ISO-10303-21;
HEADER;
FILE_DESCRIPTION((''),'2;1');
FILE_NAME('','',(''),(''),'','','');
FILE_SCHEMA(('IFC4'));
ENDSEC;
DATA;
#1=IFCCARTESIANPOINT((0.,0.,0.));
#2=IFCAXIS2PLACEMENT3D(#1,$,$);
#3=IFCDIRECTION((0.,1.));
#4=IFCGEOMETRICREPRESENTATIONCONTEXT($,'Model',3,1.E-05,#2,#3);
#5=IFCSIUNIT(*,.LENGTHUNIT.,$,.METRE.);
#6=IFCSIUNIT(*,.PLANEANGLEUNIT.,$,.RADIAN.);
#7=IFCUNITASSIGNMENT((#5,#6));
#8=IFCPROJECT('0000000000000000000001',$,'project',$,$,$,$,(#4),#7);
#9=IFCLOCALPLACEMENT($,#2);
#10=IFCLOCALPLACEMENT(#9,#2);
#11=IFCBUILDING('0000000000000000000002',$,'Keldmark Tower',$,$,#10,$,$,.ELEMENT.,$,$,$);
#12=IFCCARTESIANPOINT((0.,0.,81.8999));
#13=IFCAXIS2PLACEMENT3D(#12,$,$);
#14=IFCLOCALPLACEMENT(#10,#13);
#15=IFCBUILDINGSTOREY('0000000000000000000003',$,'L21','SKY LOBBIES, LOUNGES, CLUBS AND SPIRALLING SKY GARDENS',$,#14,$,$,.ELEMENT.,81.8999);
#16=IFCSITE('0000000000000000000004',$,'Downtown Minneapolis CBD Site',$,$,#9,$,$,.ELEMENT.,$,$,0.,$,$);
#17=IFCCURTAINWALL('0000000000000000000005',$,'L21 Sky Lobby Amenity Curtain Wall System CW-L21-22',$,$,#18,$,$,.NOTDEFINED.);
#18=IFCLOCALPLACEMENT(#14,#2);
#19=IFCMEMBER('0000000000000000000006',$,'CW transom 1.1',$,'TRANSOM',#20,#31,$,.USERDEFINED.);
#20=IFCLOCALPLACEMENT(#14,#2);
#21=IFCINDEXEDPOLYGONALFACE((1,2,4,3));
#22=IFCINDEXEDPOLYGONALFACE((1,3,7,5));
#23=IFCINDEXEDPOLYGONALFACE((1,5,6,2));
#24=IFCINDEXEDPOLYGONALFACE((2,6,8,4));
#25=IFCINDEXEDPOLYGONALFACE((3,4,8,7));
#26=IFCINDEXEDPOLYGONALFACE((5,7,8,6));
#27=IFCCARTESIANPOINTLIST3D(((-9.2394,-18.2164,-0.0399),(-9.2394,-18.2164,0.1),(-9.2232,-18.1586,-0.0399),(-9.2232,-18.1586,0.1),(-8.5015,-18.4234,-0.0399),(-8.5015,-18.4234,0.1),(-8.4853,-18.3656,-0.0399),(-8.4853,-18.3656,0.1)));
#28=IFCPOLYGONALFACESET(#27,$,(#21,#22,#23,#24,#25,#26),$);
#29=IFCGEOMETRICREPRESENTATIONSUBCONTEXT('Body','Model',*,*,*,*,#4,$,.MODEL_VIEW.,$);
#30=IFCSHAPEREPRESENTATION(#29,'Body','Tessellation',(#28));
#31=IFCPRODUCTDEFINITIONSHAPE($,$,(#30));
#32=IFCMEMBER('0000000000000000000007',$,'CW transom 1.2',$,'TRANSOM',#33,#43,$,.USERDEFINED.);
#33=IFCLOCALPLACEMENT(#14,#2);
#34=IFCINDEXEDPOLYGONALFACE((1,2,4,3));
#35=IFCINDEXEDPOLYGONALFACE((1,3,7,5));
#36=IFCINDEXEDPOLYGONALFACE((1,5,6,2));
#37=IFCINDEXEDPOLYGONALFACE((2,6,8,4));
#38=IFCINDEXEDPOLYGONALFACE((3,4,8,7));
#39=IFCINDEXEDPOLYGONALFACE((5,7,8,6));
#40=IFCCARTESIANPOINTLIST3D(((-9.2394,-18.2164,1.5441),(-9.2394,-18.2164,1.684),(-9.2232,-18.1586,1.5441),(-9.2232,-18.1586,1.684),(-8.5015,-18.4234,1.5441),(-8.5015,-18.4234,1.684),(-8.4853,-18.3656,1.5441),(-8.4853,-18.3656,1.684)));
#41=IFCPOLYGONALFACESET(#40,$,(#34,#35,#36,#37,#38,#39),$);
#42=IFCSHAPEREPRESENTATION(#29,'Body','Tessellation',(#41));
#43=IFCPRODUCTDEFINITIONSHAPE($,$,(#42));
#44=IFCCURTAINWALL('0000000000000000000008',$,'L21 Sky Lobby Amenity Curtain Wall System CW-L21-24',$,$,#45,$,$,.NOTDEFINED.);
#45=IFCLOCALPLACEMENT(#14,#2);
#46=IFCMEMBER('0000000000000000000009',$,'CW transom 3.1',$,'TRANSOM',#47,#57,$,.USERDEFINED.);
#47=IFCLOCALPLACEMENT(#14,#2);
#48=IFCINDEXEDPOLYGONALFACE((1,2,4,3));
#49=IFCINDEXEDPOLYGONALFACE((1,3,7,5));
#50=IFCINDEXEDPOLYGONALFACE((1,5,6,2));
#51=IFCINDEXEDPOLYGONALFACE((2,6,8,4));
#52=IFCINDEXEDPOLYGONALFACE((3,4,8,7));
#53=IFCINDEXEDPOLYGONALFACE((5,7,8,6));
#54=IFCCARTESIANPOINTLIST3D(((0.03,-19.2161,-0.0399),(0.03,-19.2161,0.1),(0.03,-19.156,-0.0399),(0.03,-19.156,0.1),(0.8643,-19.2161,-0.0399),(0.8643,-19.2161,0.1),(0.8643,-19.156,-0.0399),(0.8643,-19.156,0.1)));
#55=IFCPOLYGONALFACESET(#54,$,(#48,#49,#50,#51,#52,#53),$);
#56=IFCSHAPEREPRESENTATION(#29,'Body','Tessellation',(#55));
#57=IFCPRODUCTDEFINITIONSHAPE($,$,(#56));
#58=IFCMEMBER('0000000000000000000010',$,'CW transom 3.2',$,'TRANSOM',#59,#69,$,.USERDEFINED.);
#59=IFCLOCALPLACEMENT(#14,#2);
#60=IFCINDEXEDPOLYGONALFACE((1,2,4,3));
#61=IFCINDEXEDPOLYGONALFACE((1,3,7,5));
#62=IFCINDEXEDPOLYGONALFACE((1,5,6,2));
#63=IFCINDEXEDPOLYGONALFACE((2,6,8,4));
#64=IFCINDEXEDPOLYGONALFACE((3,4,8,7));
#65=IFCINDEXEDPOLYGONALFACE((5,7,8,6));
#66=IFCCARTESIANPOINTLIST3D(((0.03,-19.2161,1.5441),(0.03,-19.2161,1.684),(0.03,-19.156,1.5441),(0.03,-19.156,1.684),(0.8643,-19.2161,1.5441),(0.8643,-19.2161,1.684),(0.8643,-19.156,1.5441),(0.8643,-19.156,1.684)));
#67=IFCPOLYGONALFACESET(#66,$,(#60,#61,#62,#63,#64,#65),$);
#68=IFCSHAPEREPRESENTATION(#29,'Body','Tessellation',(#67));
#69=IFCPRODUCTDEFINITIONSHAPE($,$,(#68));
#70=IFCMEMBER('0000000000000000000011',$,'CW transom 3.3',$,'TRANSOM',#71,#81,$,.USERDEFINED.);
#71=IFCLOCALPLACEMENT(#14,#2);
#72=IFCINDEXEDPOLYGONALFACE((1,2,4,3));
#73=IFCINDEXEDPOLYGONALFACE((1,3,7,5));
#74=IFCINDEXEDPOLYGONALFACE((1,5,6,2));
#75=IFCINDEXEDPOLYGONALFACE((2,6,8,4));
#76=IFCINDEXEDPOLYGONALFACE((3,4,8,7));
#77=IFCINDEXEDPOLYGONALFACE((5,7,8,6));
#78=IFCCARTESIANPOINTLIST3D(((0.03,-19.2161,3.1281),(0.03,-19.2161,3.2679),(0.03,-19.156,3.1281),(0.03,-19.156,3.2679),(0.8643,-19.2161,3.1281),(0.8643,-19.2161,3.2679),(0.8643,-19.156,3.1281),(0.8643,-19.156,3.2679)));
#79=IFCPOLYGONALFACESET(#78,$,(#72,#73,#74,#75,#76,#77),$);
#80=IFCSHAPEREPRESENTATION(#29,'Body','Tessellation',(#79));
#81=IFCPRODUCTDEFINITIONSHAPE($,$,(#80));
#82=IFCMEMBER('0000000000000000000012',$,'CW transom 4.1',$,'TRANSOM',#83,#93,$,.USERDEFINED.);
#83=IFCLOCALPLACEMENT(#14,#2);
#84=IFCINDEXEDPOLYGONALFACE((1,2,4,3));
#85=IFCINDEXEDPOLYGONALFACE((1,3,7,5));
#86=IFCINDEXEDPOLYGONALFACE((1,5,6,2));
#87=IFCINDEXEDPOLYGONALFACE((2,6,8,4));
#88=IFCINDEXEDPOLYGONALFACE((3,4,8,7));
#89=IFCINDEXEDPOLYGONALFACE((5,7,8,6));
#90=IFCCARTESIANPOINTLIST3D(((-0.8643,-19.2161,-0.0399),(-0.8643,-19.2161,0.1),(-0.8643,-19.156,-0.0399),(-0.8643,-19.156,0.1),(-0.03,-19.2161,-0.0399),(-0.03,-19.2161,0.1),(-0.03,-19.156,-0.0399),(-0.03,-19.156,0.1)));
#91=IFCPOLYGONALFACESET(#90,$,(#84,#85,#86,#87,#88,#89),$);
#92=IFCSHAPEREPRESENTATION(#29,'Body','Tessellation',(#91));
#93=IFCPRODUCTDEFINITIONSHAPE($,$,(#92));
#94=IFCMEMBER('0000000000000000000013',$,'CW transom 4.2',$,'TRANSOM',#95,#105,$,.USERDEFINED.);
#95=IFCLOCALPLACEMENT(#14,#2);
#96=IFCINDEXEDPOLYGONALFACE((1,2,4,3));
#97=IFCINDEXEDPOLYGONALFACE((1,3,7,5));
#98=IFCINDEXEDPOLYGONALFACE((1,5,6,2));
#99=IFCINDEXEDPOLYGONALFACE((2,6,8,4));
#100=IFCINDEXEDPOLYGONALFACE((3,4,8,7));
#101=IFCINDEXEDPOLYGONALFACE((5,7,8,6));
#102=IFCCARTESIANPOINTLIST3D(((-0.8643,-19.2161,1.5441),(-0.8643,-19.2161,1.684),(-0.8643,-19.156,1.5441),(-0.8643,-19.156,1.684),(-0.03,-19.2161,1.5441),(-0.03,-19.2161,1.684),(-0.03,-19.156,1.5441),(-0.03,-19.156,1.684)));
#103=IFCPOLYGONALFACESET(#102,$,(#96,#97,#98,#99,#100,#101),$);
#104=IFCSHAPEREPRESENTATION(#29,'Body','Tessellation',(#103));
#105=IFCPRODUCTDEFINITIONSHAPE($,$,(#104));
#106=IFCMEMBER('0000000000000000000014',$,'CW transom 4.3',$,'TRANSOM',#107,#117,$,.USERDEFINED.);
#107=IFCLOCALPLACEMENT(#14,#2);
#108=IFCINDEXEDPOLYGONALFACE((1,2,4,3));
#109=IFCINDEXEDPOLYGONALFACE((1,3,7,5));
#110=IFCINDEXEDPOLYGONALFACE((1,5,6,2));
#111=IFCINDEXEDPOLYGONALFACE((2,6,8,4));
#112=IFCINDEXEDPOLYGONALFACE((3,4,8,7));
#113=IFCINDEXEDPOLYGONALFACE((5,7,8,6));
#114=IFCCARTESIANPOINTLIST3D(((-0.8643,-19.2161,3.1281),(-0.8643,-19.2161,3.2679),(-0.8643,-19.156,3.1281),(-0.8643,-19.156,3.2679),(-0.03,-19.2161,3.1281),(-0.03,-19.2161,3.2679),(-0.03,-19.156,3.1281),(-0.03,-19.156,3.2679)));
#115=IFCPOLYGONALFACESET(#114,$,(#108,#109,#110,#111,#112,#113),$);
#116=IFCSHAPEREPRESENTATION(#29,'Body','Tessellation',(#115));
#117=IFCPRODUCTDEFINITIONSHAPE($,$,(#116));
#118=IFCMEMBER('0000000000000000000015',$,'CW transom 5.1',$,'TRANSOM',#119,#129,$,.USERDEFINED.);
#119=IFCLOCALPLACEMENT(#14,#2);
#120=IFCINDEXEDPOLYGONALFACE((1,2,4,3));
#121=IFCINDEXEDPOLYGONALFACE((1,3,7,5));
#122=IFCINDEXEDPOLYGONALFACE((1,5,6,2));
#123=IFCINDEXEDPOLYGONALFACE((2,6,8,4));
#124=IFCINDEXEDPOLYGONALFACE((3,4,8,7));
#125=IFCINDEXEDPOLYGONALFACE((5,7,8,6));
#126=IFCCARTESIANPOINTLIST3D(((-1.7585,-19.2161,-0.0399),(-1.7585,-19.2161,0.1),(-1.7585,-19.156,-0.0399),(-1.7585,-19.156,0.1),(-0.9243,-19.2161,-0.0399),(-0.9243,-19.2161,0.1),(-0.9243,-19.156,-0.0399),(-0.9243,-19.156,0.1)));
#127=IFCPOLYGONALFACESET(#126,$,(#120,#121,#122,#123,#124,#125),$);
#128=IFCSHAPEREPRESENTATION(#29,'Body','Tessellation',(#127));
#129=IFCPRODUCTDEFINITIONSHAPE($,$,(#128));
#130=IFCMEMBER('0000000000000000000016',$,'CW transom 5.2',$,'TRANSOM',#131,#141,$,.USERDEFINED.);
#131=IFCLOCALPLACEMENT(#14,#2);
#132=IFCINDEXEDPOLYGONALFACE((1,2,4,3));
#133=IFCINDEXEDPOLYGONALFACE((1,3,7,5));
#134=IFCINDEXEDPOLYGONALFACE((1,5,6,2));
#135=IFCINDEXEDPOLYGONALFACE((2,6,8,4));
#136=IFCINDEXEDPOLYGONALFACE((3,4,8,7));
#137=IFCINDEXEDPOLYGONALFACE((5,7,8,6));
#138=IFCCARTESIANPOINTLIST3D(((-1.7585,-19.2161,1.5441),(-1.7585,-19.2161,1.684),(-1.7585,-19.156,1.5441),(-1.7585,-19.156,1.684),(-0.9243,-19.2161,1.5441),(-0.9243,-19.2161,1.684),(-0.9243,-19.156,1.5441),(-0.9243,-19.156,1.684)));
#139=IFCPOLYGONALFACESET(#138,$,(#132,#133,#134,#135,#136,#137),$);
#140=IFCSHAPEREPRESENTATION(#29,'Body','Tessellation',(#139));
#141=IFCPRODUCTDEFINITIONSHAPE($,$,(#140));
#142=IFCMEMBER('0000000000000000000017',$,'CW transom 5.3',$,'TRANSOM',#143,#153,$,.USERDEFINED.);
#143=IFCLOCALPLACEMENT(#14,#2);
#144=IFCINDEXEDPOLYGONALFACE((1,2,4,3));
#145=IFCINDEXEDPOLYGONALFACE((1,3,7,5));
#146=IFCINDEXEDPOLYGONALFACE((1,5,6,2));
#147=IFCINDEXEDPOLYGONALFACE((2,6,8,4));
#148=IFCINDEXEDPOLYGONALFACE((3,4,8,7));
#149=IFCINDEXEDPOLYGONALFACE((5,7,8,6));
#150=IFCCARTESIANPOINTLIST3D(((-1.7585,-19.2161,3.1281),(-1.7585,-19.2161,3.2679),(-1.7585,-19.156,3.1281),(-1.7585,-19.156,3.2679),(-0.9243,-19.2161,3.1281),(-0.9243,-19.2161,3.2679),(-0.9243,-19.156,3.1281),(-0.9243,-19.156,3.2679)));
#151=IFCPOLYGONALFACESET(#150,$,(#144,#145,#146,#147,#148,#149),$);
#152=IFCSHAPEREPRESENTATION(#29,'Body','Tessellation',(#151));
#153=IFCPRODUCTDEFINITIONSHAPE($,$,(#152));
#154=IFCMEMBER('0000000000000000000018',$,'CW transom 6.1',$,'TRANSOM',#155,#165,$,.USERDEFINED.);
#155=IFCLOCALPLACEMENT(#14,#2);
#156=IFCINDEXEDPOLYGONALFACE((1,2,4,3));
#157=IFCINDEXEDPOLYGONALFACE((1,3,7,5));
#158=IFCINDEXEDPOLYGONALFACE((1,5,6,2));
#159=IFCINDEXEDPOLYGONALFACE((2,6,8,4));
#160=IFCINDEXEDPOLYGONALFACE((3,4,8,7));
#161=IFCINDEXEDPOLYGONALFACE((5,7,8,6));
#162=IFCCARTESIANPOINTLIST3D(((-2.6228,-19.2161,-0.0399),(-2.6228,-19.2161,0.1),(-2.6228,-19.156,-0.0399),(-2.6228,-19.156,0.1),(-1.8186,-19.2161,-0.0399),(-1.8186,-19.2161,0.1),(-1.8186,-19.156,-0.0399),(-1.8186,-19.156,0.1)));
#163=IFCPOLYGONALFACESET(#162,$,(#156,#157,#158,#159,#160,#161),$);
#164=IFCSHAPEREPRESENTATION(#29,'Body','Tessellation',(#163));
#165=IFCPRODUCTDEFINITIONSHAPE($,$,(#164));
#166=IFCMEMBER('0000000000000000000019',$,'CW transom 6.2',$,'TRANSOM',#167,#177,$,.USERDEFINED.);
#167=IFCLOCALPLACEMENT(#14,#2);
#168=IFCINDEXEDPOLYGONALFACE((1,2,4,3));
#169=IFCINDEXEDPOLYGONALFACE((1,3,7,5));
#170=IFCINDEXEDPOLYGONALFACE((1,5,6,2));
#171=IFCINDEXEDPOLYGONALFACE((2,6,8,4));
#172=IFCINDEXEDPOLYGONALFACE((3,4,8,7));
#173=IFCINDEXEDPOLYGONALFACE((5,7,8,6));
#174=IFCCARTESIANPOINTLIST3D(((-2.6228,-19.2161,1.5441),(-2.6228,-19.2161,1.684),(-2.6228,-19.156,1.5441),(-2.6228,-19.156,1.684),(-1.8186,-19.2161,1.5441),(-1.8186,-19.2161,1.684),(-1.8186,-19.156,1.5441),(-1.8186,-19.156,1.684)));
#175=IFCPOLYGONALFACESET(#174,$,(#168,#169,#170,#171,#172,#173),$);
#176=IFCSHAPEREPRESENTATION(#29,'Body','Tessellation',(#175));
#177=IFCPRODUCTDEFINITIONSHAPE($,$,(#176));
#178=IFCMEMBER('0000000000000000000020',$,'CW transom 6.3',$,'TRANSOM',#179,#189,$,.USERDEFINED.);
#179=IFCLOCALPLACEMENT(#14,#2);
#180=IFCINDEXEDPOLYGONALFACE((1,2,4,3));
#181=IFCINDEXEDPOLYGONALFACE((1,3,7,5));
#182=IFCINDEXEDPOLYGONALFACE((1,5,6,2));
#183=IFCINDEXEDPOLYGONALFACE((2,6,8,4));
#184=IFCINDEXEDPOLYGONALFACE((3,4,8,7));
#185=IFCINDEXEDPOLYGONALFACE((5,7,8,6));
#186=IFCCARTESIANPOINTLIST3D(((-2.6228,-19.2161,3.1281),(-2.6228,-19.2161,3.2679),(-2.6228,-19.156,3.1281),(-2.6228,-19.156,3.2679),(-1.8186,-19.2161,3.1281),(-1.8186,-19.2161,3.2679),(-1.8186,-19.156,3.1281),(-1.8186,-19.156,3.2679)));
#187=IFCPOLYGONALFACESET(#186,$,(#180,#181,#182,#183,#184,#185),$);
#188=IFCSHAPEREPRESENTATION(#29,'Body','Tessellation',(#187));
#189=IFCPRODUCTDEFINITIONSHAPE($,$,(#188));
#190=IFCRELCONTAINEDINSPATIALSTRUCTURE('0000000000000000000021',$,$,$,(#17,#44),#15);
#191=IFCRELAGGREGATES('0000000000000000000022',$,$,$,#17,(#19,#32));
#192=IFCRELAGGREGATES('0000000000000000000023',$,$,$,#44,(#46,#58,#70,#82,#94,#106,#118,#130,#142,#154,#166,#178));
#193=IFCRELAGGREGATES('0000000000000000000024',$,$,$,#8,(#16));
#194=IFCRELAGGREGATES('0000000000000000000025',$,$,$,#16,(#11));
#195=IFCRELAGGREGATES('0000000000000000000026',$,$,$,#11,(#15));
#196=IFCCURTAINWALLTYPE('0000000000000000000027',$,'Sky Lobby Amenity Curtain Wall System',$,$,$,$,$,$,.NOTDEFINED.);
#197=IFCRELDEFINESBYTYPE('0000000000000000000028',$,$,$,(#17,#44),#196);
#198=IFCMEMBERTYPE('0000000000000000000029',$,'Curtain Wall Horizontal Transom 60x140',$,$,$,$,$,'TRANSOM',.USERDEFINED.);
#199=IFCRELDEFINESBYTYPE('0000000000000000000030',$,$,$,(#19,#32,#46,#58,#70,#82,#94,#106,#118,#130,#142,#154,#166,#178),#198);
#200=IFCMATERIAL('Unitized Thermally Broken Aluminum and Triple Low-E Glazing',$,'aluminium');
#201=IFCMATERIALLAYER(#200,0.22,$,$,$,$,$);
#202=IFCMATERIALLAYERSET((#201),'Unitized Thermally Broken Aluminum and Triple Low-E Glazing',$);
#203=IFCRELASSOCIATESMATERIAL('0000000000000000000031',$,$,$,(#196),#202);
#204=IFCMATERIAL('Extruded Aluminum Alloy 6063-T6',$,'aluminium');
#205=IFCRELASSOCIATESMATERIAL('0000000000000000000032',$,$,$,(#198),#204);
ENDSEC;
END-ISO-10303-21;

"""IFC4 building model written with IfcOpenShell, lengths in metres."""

from ifc_helpers import new_model, si_unit, direction, frame, origin, origin_2d, place, context, subcontext, project, spatial, rectangle, extrude, material, layer, layer_set, material_profile, profile_set, type_object, element, aggregate, save


model = new_model("IFC4")

# Units and contexts
model_context = context("Model", 3, precision=1e-05, world=origin(), true_north=direction((0.0, 1.0)))
body_context = subcontext(model_context, "Body", "Model", "MODEL_VIEW")
ifc_project = project(units=[si_unit("LENGTHUNIT", "METRE"), si_unit("PLANEANGLEUNIT", "RADIAN")], contexts=[model_context])

# Site, building, storey
site_placement = place(None, origin())
site = spatial("IfcSite", under=ifc_project, at=site_placement, Name="Downtown Minneapolis CBD Site", CompositionType="ELEMENT", RefElevation=0.0)
building_placement = place(site_placement, origin())
building = spatial("IfcBuilding", under=site, at=building_placement, Name="Keldmark Tower", CompositionType="ELEMENT")
storey_placement = place(building_placement, frame((0.0, 0.0, 81.8999)))
storey = spatial("IfcBuildingStorey", under=building, at=storey_placement, Name="L21", Description="SKY LOBBIES, LOUNGES, CLUBS AND SPIRALLING SKY GARDENS", CompositionType="ELEMENT", Elevation=81.8999)

# Curtain walls, members
ifc_material_1 = material(Name="Unitized Thermally Broken Aluminum and Triple Low-E Glazing", Category="aluminium")
ifc_layer_1 = layer(ifc_material_1, 0.22)
ifc_layer_set_1 = layer_set([ifc_layer_1], Name="Unitized Thermally Broken Aluminum and Triple Low-E Glazing")
curtain_wall_type = type_object("IfcCurtainWallType", Name="Sky Lobby Amenity Curtain Wall System", PredefinedType="NOTDEFINED", material=ifc_layer_set_1)
curtain_wall_1_placement = place(storey_placement, origin())
curtain_wall_1 = element("IfcCurtainWall", 1, at=curtain_wall_1_placement, inside=storey, type_object=curtain_wall_type, Name="L21 Sky Lobby Amenity Curtain Wall System CW-L21-22", PredefinedType="NOTDEFINED")
ifc_material_2 = material(Name="Extruded Aluminum Alloy 6063-T6", Category="aluminium")
ifc_material_profile_1 = material_profile(ifc_material_2, rectangle(XDim=0.0601, YDim=0.1399, at=origin_2d()), Name="CWT60X140")
ifc_profile_set_1 = profile_set([ifc_material_profile_1], Name="Extruded Aluminum Alloy 6063-T6")
member_type_1 = type_object("IfcMemberType", Name="Curtain Wall Horizontal Transom 60x140", ElementType="TRANSOM", PredefinedType="USERDEFINED", material=ifc_profile_set_1)
member_1_placement = place(storey_placement, frame((-8.4934, -18.3945, 0.03), z_axis=(-0.962812, 0.270173, 0.0), x_axis=(-0.270173, -0.962812, 0.0)))
member_1 = element("IfcMember", 2, at=member_1_placement, type_object=member_type_1, Name="CW transom 1.1", ObjectType="TRANSOM", PredefinedType="USERDEFINED", context=body_context, shape_type="SweptSolid", body=[
    extrude(rectangle(XDim=0.0601, YDim=0.1399, at=origin_2d()), origin(), (0.0, 0.0, 1.0), 0.7664),
])
member_2_placement = place(storey_placement, frame((-8.4934, -18.3945, 1.614), z_axis=(-0.962812, 0.270173, 0.0), x_axis=(-0.270173, -0.962812, 0.0)))
member_2 = element("IfcMember", 3, at=member_2_placement, type_object=member_type_1, Name="CW transom 1.2", ObjectType="TRANSOM", PredefinedType="USERDEFINED", context=body_context, shape_type="SweptSolid", body=[
    extrude(rectangle(XDim=0.0601, YDim=0.1399, at=origin_2d()), origin(), (0.0, 0.0, 1.0), 0.7664),
])
curtain_wall_2_placement = place(storey_placement, origin())
curtain_wall_2 = element("IfcCurtainWall", 4, at=curtain_wall_2_placement, inside=storey, type_object=curtain_wall_type, Name="L21 Sky Lobby Amenity Curtain Wall System CW-L21-24", PredefinedType="NOTDEFINED")
member_3_placement = place(storey_placement, frame((0.8643, -19.186, 0.03), z_axis=(-1.0, 0.0, 0.0), x_axis=(0.0, -1.0, 0.0)))
member_3 = element("IfcMember", 5, at=member_3_placement, type_object=member_type_1, Name="CW transom 3.1", ObjectType="TRANSOM", PredefinedType="USERDEFINED", context=body_context, shape_type="SweptSolid", body=[
    extrude(rectangle(XDim=0.0601, YDim=0.1399, at=origin_2d()), origin(), (0.0, 0.0, 1.0), 0.8342),
])
member_4_placement = place(storey_placement, frame((0.8643, -19.186, 1.614), z_axis=(-1.0, 0.0, 0.0), x_axis=(0.0, -1.0, 0.0)))
member_4 = element("IfcMember", 6, at=member_4_placement, type_object=member_type_1, Name="CW transom 3.2", ObjectType="TRANSOM", PredefinedType="USERDEFINED", context=body_context, shape_type="SweptSolid", body=[
    extrude(rectangle(XDim=0.0601, YDim=0.1399, at=origin_2d()), origin(), (0.0, 0.0, 1.0), 0.8342),
])
member_5_placement = place(storey_placement, frame((0.8643, -19.186, 3.198), z_axis=(-1.0, 0.0, 0.0), x_axis=(0.0, -1.0, 0.0)))
member_5 = element("IfcMember", 7, at=member_5_placement, type_object=member_type_1, Name="CW transom 3.3", ObjectType="TRANSOM", PredefinedType="USERDEFINED", context=body_context, shape_type="SweptSolid", body=[
    extrude(rectangle(XDim=0.0601, YDim=0.1399, at=origin_2d()), origin(), (0.0, 0.0, 1.0), 0.8342),
])
member_6_placement = place(storey_placement, frame((-0.03, -19.186, 0.03), z_axis=(-1.0, 0.0, 0.0), x_axis=(0.0, -1.0, 0.0)))
member_6 = element("IfcMember", 8, at=member_6_placement, type_object=member_type_1, Name="CW transom 4.1", ObjectType="TRANSOM", PredefinedType="USERDEFINED", context=body_context, shape_type="SweptSolid", body=[
    extrude(rectangle(XDim=0.0601, YDim=0.1399, at=origin_2d()), origin(), (0.0, 0.0, 1.0), 0.8342),
])
member_7_placement = place(storey_placement, frame((-0.03, -19.186, 1.614), z_axis=(-1.0, 0.0, 0.0), x_axis=(0.0, -1.0, 0.0)))
member_7 = element("IfcMember", 9, at=member_7_placement, type_object=member_type_1, Name="CW transom 4.2", ObjectType="TRANSOM", PredefinedType="USERDEFINED", context=body_context, shape_type="SweptSolid", body=[
    extrude(rectangle(XDim=0.0601, YDim=0.1399, at=origin_2d()), origin(), (0.0, 0.0, 1.0), 0.8342),
])
member_8_placement = place(storey_placement, frame((-0.03, -19.186, 3.198), z_axis=(-1.0, 0.0, 0.0), x_axis=(0.0, -1.0, 0.0)))
member_8 = element("IfcMember", 10, at=member_8_placement, type_object=member_type_1, Name="CW transom 4.3", ObjectType="TRANSOM", PredefinedType="USERDEFINED", context=body_context, shape_type="SweptSolid", body=[
    extrude(rectangle(XDim=0.0601, YDim=0.1399, at=origin_2d()), origin(), (0.0, 0.0, 1.0), 0.8342),
])
member_9_placement = place(storey_placement, frame((-0.9243, -19.186, 0.03), z_axis=(-1.0, 0.0, 0.0), x_axis=(0.0, -1.0, 0.0)))
member_9 = element("IfcMember", 11, at=member_9_placement, type_object=member_type_1, Name="CW transom 5.1", ObjectType="TRANSOM", PredefinedType="USERDEFINED", context=body_context, shape_type="SweptSolid", body=[
    extrude(rectangle(XDim=0.0601, YDim=0.1399, at=origin_2d()), origin(), (0.0, 0.0, 1.0), 0.8342),
])
member_10_placement = place(storey_placement, frame((-0.9243, -19.186, 1.614), z_axis=(-1.0, 0.0, 0.0), x_axis=(0.0, -1.0, 0.0)))
member_10 = element("IfcMember", 12, at=member_10_placement, type_object=member_type_1, Name="CW transom 5.2", ObjectType="TRANSOM", PredefinedType="USERDEFINED", context=body_context, shape_type="SweptSolid", body=[
    extrude(rectangle(XDim=0.0601, YDim=0.1399, at=origin_2d()), origin(), (0.0, 0.0, 1.0), 0.8342),
])
member_11_placement = place(storey_placement, frame((-0.9243, -19.186, 3.198), z_axis=(-1.0, 0.0, 0.0), x_axis=(0.0, -1.0, 0.0)))
member_11 = element("IfcMember", 13, at=member_11_placement, type_object=member_type_1, Name="CW transom 5.3", ObjectType="TRANSOM", PredefinedType="USERDEFINED", context=body_context, shape_type="SweptSolid", body=[
    extrude(rectangle(XDim=0.0601, YDim=0.1399, at=origin_2d()), origin(), (0.0, 0.0, 1.0), 0.8342),
])
member_12_placement = place(storey_placement, frame((-1.8186, -19.186, 0.03), z_axis=(-1.0, 0.0, 0.0), x_axis=(0.0, -1.0, 0.0)))
member_12 = element("IfcMember", 14, at=member_12_placement, type_object=member_type_1, Name="CW transom 6.1", ObjectType="TRANSOM", PredefinedType="USERDEFINED", context=body_context, shape_type="SweptSolid", body=[
    extrude(rectangle(XDim=0.0601, YDim=0.1399, at=origin_2d()), origin(), (0.0, 0.0, 1.0), 0.8042),
])
member_13_placement = place(storey_placement, frame((-1.8186, -19.186, 1.614), z_axis=(-1.0, 0.0, 0.0), x_axis=(0.0, -1.0, 0.0)))
member_13 = element("IfcMember", 15, at=member_13_placement, type_object=member_type_1, Name="CW transom 6.2", ObjectType="TRANSOM", PredefinedType="USERDEFINED", context=body_context, shape_type="SweptSolid", body=[
    extrude(rectangle(XDim=0.0601, YDim=0.1399, at=origin_2d()), origin(), (0.0, 0.0, 1.0), 0.8042),
])
member_14_placement = place(storey_placement, frame((-1.8186, -19.186, 3.198), z_axis=(-1.0, 0.0, 0.0), x_axis=(0.0, -1.0, 0.0)))
member_14 = element("IfcMember", 16, at=member_14_placement, type_object=member_type_1, Name="CW transom 6.3", ObjectType="TRANSOM", PredefinedType="USERDEFINED", context=body_context, shape_type="SweptSolid", body=[
    extrude(rectangle(XDim=0.0601, YDim=0.1399, at=origin_2d()), origin(), (0.0, 0.0, 1.0), 0.8042),
])

aggregate(curtain_wall_1, [member_1, member_2])

aggregate(curtain_wall_2, [member_3, member_4, member_5, member_6, member_7, member_8, member_9, member_10, member_11, member_12, member_13, member_14])

save(model, "model.ifc")
